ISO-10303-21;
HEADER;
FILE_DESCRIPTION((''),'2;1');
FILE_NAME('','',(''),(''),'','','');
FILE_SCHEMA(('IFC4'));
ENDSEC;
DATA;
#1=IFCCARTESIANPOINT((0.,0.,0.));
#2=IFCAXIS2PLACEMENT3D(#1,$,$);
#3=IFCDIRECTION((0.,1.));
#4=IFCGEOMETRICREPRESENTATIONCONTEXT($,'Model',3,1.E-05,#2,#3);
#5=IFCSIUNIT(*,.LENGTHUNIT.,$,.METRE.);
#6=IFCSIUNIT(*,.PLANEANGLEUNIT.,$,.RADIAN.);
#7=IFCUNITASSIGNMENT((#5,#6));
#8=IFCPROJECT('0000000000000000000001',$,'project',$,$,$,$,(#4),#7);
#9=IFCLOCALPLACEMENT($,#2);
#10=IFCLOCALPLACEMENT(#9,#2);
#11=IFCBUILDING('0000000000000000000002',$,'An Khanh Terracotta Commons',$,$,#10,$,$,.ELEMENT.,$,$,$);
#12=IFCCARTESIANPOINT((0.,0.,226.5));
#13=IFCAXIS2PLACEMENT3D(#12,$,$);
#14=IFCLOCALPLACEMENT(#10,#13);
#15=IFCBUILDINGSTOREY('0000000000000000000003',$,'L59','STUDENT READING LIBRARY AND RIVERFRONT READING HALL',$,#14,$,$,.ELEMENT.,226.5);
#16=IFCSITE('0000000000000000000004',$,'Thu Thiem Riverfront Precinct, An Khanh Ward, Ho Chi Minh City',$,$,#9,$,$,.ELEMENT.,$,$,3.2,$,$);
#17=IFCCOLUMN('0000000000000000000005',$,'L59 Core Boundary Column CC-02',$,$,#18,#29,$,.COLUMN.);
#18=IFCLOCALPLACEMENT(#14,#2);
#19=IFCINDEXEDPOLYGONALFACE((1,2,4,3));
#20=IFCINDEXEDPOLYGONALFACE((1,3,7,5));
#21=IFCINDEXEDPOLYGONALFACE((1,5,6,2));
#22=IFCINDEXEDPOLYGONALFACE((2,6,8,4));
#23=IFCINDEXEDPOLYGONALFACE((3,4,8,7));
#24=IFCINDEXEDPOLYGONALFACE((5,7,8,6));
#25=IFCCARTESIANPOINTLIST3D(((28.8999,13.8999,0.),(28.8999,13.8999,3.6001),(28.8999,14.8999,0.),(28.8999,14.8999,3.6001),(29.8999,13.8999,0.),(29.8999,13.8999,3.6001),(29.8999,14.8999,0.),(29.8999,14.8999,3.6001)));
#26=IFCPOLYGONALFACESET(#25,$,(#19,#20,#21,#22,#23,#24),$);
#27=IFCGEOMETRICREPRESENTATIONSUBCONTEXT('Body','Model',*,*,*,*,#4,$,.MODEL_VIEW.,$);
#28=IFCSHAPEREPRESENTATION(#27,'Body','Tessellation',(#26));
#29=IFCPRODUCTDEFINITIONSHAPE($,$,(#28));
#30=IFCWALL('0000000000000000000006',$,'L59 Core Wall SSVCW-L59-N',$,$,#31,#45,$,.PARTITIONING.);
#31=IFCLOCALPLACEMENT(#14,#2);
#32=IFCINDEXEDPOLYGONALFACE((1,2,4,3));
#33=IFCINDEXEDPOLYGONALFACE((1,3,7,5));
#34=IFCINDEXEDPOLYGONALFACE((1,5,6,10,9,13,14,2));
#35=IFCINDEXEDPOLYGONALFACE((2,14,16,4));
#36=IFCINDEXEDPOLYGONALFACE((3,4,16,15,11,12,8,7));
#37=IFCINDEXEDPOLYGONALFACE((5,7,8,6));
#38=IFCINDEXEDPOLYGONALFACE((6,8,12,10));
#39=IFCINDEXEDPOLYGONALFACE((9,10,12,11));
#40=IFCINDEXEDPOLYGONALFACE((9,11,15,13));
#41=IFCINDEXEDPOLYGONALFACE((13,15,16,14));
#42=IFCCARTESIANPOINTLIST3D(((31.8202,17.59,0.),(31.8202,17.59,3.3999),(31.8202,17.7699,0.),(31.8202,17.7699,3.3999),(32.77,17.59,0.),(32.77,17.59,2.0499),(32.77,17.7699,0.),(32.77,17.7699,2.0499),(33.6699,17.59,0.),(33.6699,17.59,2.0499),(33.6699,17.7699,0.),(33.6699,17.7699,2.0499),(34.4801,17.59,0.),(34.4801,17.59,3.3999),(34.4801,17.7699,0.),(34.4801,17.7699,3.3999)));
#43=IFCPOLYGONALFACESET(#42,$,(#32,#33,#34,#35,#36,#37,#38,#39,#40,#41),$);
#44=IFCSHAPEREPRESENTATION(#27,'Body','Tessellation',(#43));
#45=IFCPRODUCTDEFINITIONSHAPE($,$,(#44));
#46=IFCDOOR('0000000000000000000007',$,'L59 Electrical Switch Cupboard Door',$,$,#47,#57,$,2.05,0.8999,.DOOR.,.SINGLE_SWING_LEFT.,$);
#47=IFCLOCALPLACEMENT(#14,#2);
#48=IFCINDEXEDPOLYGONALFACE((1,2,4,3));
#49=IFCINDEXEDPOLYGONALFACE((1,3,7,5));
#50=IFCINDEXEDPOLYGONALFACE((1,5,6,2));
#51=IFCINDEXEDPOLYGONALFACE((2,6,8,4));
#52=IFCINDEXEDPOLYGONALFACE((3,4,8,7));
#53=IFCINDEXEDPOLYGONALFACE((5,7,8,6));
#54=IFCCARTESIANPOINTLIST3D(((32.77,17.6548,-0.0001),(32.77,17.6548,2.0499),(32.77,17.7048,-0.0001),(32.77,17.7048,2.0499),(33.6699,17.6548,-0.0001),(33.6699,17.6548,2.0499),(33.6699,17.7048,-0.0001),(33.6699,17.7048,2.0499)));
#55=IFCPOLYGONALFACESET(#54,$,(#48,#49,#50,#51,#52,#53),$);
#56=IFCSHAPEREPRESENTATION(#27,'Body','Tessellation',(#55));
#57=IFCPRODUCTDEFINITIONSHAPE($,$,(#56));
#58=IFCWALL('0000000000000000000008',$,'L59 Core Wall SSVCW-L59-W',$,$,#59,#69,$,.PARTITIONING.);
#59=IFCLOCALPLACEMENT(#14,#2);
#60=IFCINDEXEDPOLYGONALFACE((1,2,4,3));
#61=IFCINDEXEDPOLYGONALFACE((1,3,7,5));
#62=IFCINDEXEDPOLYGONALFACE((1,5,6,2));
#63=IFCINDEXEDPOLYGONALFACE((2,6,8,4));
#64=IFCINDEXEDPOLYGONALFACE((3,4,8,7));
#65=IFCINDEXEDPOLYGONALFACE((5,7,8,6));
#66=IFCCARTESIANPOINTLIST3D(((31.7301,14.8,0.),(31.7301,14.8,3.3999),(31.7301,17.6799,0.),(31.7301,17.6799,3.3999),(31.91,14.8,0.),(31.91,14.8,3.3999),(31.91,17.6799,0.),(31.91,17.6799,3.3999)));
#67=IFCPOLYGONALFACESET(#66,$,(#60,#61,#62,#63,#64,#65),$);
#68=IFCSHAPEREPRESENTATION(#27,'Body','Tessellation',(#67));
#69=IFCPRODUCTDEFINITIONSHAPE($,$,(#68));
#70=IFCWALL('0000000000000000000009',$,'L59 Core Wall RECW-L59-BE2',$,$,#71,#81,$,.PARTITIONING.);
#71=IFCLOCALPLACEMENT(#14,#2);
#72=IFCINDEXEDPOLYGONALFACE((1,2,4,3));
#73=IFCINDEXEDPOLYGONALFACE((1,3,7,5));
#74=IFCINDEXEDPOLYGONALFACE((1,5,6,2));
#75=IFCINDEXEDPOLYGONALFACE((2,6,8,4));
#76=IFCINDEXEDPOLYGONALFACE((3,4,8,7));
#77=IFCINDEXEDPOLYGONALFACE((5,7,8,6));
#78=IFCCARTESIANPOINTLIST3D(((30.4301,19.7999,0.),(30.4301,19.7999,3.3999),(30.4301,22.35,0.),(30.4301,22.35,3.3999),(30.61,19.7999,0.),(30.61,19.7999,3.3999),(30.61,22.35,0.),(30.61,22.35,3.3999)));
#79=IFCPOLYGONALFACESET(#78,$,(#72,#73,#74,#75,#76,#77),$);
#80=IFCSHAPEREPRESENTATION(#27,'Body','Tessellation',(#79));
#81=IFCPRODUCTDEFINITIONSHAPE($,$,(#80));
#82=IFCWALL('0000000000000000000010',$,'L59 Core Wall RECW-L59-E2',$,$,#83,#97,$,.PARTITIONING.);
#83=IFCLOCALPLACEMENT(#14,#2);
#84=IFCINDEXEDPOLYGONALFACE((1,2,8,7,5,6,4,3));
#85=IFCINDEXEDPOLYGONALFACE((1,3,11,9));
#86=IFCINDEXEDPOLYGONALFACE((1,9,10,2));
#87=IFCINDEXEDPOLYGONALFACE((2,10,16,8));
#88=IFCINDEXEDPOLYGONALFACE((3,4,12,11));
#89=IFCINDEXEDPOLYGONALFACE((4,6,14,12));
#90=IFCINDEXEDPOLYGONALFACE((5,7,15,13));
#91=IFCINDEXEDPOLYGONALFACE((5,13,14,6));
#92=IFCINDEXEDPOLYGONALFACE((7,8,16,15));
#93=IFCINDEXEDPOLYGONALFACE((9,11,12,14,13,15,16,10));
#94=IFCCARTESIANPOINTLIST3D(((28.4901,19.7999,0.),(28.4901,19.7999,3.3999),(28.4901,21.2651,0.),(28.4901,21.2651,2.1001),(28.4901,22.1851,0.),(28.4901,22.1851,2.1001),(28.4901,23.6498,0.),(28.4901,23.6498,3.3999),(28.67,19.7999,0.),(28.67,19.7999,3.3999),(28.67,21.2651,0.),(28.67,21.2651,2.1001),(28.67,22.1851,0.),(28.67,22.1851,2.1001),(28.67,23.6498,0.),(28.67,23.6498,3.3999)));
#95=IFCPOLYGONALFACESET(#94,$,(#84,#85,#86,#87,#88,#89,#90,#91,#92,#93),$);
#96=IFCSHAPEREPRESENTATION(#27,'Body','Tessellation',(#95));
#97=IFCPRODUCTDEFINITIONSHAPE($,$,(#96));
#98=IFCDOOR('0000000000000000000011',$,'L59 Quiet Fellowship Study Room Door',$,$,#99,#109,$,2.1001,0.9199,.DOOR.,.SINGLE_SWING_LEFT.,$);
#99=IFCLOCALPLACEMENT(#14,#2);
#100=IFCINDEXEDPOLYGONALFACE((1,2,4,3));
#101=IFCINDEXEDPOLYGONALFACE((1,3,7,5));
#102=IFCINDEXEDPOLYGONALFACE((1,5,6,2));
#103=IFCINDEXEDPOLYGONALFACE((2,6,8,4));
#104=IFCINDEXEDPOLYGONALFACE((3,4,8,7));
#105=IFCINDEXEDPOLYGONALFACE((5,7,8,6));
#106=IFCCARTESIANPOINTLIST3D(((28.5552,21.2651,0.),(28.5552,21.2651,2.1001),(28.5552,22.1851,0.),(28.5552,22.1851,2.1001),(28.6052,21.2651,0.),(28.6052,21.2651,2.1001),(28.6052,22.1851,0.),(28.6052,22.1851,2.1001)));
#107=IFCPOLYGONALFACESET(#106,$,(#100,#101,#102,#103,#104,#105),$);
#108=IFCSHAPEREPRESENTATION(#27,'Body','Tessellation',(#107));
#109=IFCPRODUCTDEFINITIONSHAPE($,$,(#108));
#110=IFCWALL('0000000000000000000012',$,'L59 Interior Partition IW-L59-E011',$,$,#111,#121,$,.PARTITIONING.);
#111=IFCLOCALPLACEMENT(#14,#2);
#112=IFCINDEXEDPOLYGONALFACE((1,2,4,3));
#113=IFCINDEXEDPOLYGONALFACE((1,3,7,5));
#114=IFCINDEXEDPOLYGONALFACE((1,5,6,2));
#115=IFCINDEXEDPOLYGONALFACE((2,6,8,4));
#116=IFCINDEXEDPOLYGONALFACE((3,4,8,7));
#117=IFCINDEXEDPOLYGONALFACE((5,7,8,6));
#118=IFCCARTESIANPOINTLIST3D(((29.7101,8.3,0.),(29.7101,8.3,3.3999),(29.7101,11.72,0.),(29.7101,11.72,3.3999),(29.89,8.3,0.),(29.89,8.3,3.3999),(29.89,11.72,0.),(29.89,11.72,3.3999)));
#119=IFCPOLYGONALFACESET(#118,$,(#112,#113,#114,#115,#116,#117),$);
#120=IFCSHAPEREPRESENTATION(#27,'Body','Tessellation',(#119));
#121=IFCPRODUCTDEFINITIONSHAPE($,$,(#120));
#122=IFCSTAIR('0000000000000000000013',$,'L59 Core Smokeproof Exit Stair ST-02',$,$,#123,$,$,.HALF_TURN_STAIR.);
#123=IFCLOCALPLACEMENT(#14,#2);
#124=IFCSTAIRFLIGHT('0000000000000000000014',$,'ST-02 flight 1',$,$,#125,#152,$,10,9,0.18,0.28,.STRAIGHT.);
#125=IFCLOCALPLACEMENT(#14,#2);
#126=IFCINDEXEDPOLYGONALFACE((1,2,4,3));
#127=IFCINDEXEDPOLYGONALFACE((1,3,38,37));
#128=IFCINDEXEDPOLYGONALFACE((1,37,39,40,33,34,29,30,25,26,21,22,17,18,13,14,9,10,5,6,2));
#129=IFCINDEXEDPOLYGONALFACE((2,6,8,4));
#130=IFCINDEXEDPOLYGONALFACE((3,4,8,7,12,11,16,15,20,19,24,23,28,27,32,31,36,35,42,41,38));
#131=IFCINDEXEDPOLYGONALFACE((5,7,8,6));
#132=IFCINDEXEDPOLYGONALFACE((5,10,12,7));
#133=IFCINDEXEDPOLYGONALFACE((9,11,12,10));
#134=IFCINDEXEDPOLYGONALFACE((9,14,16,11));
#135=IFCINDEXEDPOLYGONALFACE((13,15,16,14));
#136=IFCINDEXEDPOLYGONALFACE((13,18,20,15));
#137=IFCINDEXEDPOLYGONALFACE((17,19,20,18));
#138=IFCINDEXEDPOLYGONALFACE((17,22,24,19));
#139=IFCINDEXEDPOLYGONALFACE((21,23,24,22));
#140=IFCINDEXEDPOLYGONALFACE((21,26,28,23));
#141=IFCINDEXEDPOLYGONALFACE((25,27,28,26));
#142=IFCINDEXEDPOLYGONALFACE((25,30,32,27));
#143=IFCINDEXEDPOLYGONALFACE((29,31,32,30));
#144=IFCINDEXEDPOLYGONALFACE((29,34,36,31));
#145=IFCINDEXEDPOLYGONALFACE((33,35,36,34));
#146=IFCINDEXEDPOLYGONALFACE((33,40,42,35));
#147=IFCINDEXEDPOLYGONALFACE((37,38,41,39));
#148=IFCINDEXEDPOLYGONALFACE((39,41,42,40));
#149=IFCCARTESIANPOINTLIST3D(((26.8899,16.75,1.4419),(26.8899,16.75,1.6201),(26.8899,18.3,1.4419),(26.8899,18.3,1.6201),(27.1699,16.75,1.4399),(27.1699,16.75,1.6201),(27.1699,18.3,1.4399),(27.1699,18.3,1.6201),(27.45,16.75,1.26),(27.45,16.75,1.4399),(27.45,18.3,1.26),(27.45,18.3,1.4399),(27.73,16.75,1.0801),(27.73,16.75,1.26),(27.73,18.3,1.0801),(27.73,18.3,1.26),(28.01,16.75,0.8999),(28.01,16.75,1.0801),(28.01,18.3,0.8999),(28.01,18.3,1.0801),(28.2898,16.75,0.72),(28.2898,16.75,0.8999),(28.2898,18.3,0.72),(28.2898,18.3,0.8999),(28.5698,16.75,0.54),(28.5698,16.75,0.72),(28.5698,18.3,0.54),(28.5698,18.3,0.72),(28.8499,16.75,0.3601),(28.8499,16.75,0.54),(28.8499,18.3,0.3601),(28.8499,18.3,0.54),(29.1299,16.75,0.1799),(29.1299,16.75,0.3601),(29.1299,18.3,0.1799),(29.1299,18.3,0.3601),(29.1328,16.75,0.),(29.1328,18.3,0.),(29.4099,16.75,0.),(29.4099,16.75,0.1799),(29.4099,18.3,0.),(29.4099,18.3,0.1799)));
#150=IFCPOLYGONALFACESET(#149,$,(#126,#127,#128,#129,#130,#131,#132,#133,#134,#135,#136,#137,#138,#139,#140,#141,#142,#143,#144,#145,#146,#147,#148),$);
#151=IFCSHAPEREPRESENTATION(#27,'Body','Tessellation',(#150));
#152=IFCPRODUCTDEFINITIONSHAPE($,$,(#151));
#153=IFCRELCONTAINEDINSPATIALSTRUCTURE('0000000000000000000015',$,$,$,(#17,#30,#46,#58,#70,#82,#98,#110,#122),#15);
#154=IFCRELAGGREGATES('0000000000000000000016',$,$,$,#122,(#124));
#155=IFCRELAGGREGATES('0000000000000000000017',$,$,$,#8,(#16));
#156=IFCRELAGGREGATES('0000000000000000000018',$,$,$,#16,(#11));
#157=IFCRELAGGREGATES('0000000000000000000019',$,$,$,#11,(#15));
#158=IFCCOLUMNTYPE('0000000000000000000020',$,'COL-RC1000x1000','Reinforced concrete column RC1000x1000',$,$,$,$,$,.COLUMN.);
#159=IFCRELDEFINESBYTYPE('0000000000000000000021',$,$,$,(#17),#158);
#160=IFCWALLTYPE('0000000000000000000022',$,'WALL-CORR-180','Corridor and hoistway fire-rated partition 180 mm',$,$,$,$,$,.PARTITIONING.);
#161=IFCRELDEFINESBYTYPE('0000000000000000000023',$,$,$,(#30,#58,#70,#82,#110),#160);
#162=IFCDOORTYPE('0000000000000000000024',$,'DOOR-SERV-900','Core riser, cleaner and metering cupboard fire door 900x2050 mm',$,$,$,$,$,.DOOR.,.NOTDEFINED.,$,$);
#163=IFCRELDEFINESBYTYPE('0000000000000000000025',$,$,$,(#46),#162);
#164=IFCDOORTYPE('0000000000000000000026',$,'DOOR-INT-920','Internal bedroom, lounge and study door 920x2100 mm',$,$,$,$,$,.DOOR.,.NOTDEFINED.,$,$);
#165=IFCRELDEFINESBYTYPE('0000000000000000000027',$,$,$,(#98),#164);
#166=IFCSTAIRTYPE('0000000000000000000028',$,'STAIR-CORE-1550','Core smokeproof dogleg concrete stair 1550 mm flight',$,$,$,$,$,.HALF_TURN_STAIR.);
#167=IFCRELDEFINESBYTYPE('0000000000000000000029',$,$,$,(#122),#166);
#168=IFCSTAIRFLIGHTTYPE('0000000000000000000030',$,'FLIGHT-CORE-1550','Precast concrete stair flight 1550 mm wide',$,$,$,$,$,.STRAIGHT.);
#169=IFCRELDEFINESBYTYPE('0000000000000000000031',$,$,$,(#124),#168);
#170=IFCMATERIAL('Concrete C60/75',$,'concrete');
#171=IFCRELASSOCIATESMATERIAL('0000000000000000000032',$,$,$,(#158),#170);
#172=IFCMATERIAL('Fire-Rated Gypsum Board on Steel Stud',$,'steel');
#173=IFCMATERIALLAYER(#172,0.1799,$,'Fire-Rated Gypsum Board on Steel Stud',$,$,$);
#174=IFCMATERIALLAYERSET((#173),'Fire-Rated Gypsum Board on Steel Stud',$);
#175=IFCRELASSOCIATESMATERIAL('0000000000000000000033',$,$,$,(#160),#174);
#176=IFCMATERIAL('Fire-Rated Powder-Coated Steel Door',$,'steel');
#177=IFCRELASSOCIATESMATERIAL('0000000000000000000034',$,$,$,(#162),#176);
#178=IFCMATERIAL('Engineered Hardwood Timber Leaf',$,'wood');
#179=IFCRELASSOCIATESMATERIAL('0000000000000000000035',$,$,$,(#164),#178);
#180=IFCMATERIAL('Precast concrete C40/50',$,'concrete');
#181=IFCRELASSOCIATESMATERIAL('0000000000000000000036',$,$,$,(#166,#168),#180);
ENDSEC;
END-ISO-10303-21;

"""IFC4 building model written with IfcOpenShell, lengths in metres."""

from ifc_helpers import new_model, si_unit, direction, frame, frame_2d, origin, origin_2d, place, context, subcontext, project, spatial, polyline, rectangle, outline, extrude, material, layer, layer_set, material_profile, profile_set, type_object, element, fill, aggregate, save


model = new_model("IFC4")

# Units and contexts
model_context = context("Model", 3, precision=1e-05, world=origin(), true_north=direction((0.0, 1.0)))
body_context = subcontext(model_context, "Body", "Model", "MODEL_VIEW")
ifc_project = project(units=[si_unit("LENGTHUNIT", "METRE"), si_unit("PLANEANGLEUNIT", "RADIAN")], contexts=[model_context])

# Site, building, storey
site_placement = place(None, origin())
site = spatial("IfcSite", under=ifc_project, at=site_placement, Name="Thu Thiem Riverfront Precinct, An Khanh Ward, Ho Chi Minh City", CompositionType="ELEMENT", RefElevation=3.2)
building_placement = place(site_placement, origin())
building = spatial("IfcBuilding", under=site, at=building_placement, Name="An Khanh Terracotta Commons", CompositionType="ELEMENT")
storey_placement = place(building_placement, frame((0.0, 0.0, 226.5)))
storey = spatial("IfcBuildingStorey", under=building, at=storey_placement, Name="L59", Description="STUDENT READING LIBRARY AND RIVERFRONT READING HALL", CompositionType="ELEMENT", Elevation=226.5)

# Column
ifc_material_1 = material(Name="Concrete C60/75", Category="concrete")
ifc_material_profile = material_profile(ifc_material_1, rectangle(XDim=1.0, YDim=1.0, at=origin_2d()), Name="RC1000x1000")
ifc_profile_set = profile_set([ifc_material_profile], Name="Concrete C60/75")
column_type = type_object("IfcColumnType", Name="COL-RC1000x1000", Description="Reinforced concrete column RC1000x1000", PredefinedType="COLUMN", material=ifc_profile_set)
column_placement = place(storey_placement, frame((29.3999, 14.3999, 0.0), z_axis=(0.0, 0.0, 1.0), x_axis=(1.0, 0.0, 0.0)))
element("IfcColumn", 1, at=column_placement, inside=storey, type_object=column_type, Name="L59 Core Boundary Column CC-02", PredefinedType="COLUMN", context=body_context, shape_type="SweptSolid", body=[
    extrude(rectangle(XDim=1.0, YDim=1.0, at=origin_2d()), origin(), (0.0, 0.0, 1.0), 3.6001),
])

# Wall, opening, door
ifc_material_2 = material(Name="Fire-Rated Gypsum Board on Steel Stud", Category="steel")
ifc_layer_1 = layer(ifc_material_2, 0.1799, Name="Fire-Rated Gypsum Board on Steel Stud")
ifc_layer_set_1 = layer_set([ifc_layer_1], Name="Fire-Rated Gypsum Board on Steel Stud")
wall_type_1 = type_object("IfcWallType", Name="WALL-CORR-180", Description="Corridor and hoistway fire-rated partition 180 mm", PredefinedType="PARTITIONING", material=ifc_layer_set_1)
wall_1_placement = place(storey_placement, frame((31.8201, 17.6799, 0.0), z_axis=(0.0, 0.0, 1.0), x_axis=(1.0, 0.0, 0.0)))
wall_1 = element("IfcWall", 2, at=wall_1_placement, inside=storey, type_object=wall_type_1, Name="L59 Core Wall SSVCW-L59-N", PredefinedType="PARTITIONING", context=body_context, shape_type="SweptSolid", body=[
    extrude(rectangle(XDim=2.6599, YDim=0.1799, at=frame_2d((1.3301, 0.0))), origin(), (0.0, 0.0, 1.0), 3.3999),
])
opening_1_placement = place(wall_1_placement, frame((0.95, 0.0, 0.0)))
opening_1 = element("IfcOpeningElement", 3, at=opening_1_placement, cuts=wall_1, PredefinedType="OPENING", context=body_context, shape_type="SweptSolid", body=[
    extrude(rectangle(XDim=0.8999, YDim=2.05, at=frame_2d((0.45, 1.0249))), frame((0.0, 0.0999, 0.0), z_axis=(0.0, -1.0, 0.0), x_axis=(1.0, 0.0, 0.0)), (0.0, 0.0, 1.0), 0.2),
])
ifc_material_3 = material(Name="Fire-Rated Powder-Coated Steel Door", Category="steel")
door_type_1 = type_object("IfcDoorType", Name="DOOR-SERV-900", Description="Core riser, cleaner and metering cupboard fire door 900x2050 mm", OperationType="NOTDEFINED", PredefinedType="DOOR", material=ifc_material_3)
door_1_placement = place(opening_1_placement, origin())
door_1 = element("IfcDoor", 4, at=door_1_placement, inside=storey, type_object=door_type_1, Name="L59 Electrical Switch Cupboard Door", OperationType="SINGLE_SWING_LEFT", OverallHeight=2.05, OverallWidth=0.8999, PredefinedType="DOOR", context=body_context, shape_type="SweptSolid", body=[
    extrude(rectangle(XDim=0.8999, YDim=2.05, at=frame_2d((0.45, 1.0249))), frame((0.0, 0.0249, 0.0), z_axis=(0.0, -1.0, 0.0), x_axis=(1.0, 0.0, 0.0)), (0.0, 0.0, 1.0), 0.05),
])
fill(opening_1, door_1)

# Walls
wall_2_placement = place(storey_placement, frame((31.8201, 14.8, 0.0), z_axis=(0.0, 0.0, 1.0), x_axis=(0.0, 1.0, 0.0)))
element("IfcWall", 5, at=wall_2_placement, inside=storey, type_object=wall_type_1, Name="L59 Core Wall SSVCW-L59-W", PredefinedType="PARTITIONING", context=body_context, shape_type="SweptSolid", body=[
    extrude(rectangle(XDim=2.8799, YDim=0.1799, at=frame_2d((1.4399, 0.0))), origin(), (0.0, 0.0, 1.0), 3.3999),
])
wall_3_placement = place(storey_placement, frame((30.52, 19.8, 0.0), z_axis=(0.0, 0.0, 1.0), x_axis=(0.0, 1.0, 0.0)))
element("IfcWall", 6, at=wall_3_placement, inside=storey, type_object=wall_type_1, Name="L59 Core Wall RECW-L59-BE2", PredefinedType="PARTITIONING", context=body_context, shape_type="SweptSolid", body=[
    extrude(rectangle(XDim=2.55, YDim=0.1799, at=frame_2d((1.2749, 0.0))), origin(), (0.0, 0.0, 1.0), 3.3999),
])

# Wall, opening, door
wall_4_placement = place(storey_placement, frame((28.5801, 19.8, 0.0), z_axis=(0.0, 0.0, 1.0), x_axis=(0.0, 1.0, 0.0)))
wall_4 = element("IfcWall", 7, at=wall_4_placement, inside=storey, type_object=wall_type_1, Name="L59 Core Wall RECW-L59-E2", PredefinedType="PARTITIONING", context=body_context, shape_type="SweptSolid", body=[
    extrude(rectangle(XDim=3.8499, YDim=0.1799, at=frame_2d((1.9248, 0.0))), origin(), (0.0, 0.0, 1.0), 3.3999),
])
opening_2_placement = place(wall_4_placement, frame((1.4651, 0.0, 0.0)))
opening_2 = element("IfcOpeningElement", 8, at=opening_2_placement, cuts=wall_4, PredefinedType="OPENING", context=body_context, shape_type="SweptSolid", body=[
    extrude(rectangle(XDim=0.9199, YDim=2.1001, at=frame_2d((0.46, 1.05))), frame((0.0, 0.0999, 0.0), z_axis=(0.0, -1.0, 0.0), x_axis=(1.0, 0.0, 0.0)), (0.0, 0.0, 1.0), 0.2),
])
ifc_material_4 = material(Name="Engineered Hardwood Timber Leaf", Category="wood")
door_type_2 = type_object("IfcDoorType", Name="DOOR-INT-920", Description="Internal bedroom, lounge and study door 920x2100 mm", OperationType="NOTDEFINED", PredefinedType="DOOR", material=ifc_material_4)
door_2_placement = place(opening_2_placement, origin())
door_2 = element("IfcDoor", 9, at=door_2_placement, inside=storey, type_object=door_type_2, Name="L59 Quiet Fellowship Study Room Door", OperationType="SINGLE_SWING_LEFT", OverallHeight=2.1001, OverallWidth=0.9199, PredefinedType="DOOR", context=body_context, shape_type="SweptSolid", body=[
    extrude(rectangle(XDim=0.9199, YDim=2.1001, at=frame_2d((0.46, 1.05))), frame((0.0, 0.0249, 0.0), z_axis=(0.0, -1.0, 0.0), x_axis=(1.0, 0.0, 0.0)), (0.0, 0.0, 1.0), 0.05),
])
fill(opening_2, door_2)

# Wall
wall_5_placement = place(storey_placement, frame((29.8, 8.3, 0.0), z_axis=(0.0, 0.0, 1.0), x_axis=(0.0, 1.0, 0.0)))
element("IfcWall", 10, at=wall_5_placement, inside=storey, type_object=wall_type_1, Name="L59 Interior Partition IW-L59-E011", PredefinedType="PARTITIONING", context=body_context, shape_type="SweptSolid", body=[
    extrude(rectangle(XDim=3.4199, YDim=0.1799, at=frame_2d((1.71, 0.0))), origin(), (0.0, 0.0, 1.0), 3.3999),
])

# Stair, stair flight
ifc_material_5 = material(Name="Precast concrete C40/50", Category="concrete")
stair_type = type_object("IfcStairType", Name="STAIR-CORE-1550", Description="Core smokeproof dogleg concrete stair 1550 mm flight", PredefinedType="HALF_TURN_STAIR", material=ifc_material_5)
stair_placement = place(storey_placement, origin())
stair = element("IfcStair", 11, at=stair_placement, inside=storey, type_object=stair_type, Name="L59 Core Smokeproof Exit Stair ST-02", PredefinedType="HALF_TURN_STAIR")
stair_flight_type = type_object("IfcStairFlightType", Name="FLIGHT-CORE-1550", Description="Precast concrete stair flight 1550 mm wide", PredefinedType="STRAIGHT", material=ifc_material_5)
stair_flight_1_placement = place(storey_placement, frame((29.4099, 17.5249, 0.0), z_axis=(0.0, 0.0, 1.0), x_axis=(-1.0, 0.0, 0.0)))
stair_flight_1 = element("IfcStairFlight", 12, at=stair_flight_1_placement, type_object=stair_flight_type, Name="ST-02 flight 1", NumberOfRisers=10, NumberOfTreads=9, PredefinedType="STRAIGHT", RiserHeight=0.18, TreadLength=0.28, context=body_context, shape_type="SweptSolid", body=[
    extrude(outline(polyline([(0.0, 0.0), (0.0, 0.1799), (0.28, 0.1799), (0.28, 0.3601), (0.5601, 0.3601), (0.5601, 0.54), (0.8401, 0.54), (0.8401, 0.72), (1.1201, 0.72), (1.1201, 0.8999), (1.3999, 0.8999), (1.3999, 1.0801), (1.6799, 1.0801), (1.6799, 1.26), (1.96, 1.26), (1.96, 1.4399), (2.24, 1.4399), (2.24, 1.6201), (2.52, 1.6201), (2.52, 1.8), (2.52, 1.4419), (0.2771, 0.0), (0.0, 0.0)])), frame((0.0, 0.7749, 0.0), z_axis=(0.0, -1.0, 0.0), x_axis=(1.0, 0.0, 0.0)), (0.0, 0.0, 1.0), 1.55),
])
aggregate(stair, [stair_flight_1])

save(model, "model.ifc")
